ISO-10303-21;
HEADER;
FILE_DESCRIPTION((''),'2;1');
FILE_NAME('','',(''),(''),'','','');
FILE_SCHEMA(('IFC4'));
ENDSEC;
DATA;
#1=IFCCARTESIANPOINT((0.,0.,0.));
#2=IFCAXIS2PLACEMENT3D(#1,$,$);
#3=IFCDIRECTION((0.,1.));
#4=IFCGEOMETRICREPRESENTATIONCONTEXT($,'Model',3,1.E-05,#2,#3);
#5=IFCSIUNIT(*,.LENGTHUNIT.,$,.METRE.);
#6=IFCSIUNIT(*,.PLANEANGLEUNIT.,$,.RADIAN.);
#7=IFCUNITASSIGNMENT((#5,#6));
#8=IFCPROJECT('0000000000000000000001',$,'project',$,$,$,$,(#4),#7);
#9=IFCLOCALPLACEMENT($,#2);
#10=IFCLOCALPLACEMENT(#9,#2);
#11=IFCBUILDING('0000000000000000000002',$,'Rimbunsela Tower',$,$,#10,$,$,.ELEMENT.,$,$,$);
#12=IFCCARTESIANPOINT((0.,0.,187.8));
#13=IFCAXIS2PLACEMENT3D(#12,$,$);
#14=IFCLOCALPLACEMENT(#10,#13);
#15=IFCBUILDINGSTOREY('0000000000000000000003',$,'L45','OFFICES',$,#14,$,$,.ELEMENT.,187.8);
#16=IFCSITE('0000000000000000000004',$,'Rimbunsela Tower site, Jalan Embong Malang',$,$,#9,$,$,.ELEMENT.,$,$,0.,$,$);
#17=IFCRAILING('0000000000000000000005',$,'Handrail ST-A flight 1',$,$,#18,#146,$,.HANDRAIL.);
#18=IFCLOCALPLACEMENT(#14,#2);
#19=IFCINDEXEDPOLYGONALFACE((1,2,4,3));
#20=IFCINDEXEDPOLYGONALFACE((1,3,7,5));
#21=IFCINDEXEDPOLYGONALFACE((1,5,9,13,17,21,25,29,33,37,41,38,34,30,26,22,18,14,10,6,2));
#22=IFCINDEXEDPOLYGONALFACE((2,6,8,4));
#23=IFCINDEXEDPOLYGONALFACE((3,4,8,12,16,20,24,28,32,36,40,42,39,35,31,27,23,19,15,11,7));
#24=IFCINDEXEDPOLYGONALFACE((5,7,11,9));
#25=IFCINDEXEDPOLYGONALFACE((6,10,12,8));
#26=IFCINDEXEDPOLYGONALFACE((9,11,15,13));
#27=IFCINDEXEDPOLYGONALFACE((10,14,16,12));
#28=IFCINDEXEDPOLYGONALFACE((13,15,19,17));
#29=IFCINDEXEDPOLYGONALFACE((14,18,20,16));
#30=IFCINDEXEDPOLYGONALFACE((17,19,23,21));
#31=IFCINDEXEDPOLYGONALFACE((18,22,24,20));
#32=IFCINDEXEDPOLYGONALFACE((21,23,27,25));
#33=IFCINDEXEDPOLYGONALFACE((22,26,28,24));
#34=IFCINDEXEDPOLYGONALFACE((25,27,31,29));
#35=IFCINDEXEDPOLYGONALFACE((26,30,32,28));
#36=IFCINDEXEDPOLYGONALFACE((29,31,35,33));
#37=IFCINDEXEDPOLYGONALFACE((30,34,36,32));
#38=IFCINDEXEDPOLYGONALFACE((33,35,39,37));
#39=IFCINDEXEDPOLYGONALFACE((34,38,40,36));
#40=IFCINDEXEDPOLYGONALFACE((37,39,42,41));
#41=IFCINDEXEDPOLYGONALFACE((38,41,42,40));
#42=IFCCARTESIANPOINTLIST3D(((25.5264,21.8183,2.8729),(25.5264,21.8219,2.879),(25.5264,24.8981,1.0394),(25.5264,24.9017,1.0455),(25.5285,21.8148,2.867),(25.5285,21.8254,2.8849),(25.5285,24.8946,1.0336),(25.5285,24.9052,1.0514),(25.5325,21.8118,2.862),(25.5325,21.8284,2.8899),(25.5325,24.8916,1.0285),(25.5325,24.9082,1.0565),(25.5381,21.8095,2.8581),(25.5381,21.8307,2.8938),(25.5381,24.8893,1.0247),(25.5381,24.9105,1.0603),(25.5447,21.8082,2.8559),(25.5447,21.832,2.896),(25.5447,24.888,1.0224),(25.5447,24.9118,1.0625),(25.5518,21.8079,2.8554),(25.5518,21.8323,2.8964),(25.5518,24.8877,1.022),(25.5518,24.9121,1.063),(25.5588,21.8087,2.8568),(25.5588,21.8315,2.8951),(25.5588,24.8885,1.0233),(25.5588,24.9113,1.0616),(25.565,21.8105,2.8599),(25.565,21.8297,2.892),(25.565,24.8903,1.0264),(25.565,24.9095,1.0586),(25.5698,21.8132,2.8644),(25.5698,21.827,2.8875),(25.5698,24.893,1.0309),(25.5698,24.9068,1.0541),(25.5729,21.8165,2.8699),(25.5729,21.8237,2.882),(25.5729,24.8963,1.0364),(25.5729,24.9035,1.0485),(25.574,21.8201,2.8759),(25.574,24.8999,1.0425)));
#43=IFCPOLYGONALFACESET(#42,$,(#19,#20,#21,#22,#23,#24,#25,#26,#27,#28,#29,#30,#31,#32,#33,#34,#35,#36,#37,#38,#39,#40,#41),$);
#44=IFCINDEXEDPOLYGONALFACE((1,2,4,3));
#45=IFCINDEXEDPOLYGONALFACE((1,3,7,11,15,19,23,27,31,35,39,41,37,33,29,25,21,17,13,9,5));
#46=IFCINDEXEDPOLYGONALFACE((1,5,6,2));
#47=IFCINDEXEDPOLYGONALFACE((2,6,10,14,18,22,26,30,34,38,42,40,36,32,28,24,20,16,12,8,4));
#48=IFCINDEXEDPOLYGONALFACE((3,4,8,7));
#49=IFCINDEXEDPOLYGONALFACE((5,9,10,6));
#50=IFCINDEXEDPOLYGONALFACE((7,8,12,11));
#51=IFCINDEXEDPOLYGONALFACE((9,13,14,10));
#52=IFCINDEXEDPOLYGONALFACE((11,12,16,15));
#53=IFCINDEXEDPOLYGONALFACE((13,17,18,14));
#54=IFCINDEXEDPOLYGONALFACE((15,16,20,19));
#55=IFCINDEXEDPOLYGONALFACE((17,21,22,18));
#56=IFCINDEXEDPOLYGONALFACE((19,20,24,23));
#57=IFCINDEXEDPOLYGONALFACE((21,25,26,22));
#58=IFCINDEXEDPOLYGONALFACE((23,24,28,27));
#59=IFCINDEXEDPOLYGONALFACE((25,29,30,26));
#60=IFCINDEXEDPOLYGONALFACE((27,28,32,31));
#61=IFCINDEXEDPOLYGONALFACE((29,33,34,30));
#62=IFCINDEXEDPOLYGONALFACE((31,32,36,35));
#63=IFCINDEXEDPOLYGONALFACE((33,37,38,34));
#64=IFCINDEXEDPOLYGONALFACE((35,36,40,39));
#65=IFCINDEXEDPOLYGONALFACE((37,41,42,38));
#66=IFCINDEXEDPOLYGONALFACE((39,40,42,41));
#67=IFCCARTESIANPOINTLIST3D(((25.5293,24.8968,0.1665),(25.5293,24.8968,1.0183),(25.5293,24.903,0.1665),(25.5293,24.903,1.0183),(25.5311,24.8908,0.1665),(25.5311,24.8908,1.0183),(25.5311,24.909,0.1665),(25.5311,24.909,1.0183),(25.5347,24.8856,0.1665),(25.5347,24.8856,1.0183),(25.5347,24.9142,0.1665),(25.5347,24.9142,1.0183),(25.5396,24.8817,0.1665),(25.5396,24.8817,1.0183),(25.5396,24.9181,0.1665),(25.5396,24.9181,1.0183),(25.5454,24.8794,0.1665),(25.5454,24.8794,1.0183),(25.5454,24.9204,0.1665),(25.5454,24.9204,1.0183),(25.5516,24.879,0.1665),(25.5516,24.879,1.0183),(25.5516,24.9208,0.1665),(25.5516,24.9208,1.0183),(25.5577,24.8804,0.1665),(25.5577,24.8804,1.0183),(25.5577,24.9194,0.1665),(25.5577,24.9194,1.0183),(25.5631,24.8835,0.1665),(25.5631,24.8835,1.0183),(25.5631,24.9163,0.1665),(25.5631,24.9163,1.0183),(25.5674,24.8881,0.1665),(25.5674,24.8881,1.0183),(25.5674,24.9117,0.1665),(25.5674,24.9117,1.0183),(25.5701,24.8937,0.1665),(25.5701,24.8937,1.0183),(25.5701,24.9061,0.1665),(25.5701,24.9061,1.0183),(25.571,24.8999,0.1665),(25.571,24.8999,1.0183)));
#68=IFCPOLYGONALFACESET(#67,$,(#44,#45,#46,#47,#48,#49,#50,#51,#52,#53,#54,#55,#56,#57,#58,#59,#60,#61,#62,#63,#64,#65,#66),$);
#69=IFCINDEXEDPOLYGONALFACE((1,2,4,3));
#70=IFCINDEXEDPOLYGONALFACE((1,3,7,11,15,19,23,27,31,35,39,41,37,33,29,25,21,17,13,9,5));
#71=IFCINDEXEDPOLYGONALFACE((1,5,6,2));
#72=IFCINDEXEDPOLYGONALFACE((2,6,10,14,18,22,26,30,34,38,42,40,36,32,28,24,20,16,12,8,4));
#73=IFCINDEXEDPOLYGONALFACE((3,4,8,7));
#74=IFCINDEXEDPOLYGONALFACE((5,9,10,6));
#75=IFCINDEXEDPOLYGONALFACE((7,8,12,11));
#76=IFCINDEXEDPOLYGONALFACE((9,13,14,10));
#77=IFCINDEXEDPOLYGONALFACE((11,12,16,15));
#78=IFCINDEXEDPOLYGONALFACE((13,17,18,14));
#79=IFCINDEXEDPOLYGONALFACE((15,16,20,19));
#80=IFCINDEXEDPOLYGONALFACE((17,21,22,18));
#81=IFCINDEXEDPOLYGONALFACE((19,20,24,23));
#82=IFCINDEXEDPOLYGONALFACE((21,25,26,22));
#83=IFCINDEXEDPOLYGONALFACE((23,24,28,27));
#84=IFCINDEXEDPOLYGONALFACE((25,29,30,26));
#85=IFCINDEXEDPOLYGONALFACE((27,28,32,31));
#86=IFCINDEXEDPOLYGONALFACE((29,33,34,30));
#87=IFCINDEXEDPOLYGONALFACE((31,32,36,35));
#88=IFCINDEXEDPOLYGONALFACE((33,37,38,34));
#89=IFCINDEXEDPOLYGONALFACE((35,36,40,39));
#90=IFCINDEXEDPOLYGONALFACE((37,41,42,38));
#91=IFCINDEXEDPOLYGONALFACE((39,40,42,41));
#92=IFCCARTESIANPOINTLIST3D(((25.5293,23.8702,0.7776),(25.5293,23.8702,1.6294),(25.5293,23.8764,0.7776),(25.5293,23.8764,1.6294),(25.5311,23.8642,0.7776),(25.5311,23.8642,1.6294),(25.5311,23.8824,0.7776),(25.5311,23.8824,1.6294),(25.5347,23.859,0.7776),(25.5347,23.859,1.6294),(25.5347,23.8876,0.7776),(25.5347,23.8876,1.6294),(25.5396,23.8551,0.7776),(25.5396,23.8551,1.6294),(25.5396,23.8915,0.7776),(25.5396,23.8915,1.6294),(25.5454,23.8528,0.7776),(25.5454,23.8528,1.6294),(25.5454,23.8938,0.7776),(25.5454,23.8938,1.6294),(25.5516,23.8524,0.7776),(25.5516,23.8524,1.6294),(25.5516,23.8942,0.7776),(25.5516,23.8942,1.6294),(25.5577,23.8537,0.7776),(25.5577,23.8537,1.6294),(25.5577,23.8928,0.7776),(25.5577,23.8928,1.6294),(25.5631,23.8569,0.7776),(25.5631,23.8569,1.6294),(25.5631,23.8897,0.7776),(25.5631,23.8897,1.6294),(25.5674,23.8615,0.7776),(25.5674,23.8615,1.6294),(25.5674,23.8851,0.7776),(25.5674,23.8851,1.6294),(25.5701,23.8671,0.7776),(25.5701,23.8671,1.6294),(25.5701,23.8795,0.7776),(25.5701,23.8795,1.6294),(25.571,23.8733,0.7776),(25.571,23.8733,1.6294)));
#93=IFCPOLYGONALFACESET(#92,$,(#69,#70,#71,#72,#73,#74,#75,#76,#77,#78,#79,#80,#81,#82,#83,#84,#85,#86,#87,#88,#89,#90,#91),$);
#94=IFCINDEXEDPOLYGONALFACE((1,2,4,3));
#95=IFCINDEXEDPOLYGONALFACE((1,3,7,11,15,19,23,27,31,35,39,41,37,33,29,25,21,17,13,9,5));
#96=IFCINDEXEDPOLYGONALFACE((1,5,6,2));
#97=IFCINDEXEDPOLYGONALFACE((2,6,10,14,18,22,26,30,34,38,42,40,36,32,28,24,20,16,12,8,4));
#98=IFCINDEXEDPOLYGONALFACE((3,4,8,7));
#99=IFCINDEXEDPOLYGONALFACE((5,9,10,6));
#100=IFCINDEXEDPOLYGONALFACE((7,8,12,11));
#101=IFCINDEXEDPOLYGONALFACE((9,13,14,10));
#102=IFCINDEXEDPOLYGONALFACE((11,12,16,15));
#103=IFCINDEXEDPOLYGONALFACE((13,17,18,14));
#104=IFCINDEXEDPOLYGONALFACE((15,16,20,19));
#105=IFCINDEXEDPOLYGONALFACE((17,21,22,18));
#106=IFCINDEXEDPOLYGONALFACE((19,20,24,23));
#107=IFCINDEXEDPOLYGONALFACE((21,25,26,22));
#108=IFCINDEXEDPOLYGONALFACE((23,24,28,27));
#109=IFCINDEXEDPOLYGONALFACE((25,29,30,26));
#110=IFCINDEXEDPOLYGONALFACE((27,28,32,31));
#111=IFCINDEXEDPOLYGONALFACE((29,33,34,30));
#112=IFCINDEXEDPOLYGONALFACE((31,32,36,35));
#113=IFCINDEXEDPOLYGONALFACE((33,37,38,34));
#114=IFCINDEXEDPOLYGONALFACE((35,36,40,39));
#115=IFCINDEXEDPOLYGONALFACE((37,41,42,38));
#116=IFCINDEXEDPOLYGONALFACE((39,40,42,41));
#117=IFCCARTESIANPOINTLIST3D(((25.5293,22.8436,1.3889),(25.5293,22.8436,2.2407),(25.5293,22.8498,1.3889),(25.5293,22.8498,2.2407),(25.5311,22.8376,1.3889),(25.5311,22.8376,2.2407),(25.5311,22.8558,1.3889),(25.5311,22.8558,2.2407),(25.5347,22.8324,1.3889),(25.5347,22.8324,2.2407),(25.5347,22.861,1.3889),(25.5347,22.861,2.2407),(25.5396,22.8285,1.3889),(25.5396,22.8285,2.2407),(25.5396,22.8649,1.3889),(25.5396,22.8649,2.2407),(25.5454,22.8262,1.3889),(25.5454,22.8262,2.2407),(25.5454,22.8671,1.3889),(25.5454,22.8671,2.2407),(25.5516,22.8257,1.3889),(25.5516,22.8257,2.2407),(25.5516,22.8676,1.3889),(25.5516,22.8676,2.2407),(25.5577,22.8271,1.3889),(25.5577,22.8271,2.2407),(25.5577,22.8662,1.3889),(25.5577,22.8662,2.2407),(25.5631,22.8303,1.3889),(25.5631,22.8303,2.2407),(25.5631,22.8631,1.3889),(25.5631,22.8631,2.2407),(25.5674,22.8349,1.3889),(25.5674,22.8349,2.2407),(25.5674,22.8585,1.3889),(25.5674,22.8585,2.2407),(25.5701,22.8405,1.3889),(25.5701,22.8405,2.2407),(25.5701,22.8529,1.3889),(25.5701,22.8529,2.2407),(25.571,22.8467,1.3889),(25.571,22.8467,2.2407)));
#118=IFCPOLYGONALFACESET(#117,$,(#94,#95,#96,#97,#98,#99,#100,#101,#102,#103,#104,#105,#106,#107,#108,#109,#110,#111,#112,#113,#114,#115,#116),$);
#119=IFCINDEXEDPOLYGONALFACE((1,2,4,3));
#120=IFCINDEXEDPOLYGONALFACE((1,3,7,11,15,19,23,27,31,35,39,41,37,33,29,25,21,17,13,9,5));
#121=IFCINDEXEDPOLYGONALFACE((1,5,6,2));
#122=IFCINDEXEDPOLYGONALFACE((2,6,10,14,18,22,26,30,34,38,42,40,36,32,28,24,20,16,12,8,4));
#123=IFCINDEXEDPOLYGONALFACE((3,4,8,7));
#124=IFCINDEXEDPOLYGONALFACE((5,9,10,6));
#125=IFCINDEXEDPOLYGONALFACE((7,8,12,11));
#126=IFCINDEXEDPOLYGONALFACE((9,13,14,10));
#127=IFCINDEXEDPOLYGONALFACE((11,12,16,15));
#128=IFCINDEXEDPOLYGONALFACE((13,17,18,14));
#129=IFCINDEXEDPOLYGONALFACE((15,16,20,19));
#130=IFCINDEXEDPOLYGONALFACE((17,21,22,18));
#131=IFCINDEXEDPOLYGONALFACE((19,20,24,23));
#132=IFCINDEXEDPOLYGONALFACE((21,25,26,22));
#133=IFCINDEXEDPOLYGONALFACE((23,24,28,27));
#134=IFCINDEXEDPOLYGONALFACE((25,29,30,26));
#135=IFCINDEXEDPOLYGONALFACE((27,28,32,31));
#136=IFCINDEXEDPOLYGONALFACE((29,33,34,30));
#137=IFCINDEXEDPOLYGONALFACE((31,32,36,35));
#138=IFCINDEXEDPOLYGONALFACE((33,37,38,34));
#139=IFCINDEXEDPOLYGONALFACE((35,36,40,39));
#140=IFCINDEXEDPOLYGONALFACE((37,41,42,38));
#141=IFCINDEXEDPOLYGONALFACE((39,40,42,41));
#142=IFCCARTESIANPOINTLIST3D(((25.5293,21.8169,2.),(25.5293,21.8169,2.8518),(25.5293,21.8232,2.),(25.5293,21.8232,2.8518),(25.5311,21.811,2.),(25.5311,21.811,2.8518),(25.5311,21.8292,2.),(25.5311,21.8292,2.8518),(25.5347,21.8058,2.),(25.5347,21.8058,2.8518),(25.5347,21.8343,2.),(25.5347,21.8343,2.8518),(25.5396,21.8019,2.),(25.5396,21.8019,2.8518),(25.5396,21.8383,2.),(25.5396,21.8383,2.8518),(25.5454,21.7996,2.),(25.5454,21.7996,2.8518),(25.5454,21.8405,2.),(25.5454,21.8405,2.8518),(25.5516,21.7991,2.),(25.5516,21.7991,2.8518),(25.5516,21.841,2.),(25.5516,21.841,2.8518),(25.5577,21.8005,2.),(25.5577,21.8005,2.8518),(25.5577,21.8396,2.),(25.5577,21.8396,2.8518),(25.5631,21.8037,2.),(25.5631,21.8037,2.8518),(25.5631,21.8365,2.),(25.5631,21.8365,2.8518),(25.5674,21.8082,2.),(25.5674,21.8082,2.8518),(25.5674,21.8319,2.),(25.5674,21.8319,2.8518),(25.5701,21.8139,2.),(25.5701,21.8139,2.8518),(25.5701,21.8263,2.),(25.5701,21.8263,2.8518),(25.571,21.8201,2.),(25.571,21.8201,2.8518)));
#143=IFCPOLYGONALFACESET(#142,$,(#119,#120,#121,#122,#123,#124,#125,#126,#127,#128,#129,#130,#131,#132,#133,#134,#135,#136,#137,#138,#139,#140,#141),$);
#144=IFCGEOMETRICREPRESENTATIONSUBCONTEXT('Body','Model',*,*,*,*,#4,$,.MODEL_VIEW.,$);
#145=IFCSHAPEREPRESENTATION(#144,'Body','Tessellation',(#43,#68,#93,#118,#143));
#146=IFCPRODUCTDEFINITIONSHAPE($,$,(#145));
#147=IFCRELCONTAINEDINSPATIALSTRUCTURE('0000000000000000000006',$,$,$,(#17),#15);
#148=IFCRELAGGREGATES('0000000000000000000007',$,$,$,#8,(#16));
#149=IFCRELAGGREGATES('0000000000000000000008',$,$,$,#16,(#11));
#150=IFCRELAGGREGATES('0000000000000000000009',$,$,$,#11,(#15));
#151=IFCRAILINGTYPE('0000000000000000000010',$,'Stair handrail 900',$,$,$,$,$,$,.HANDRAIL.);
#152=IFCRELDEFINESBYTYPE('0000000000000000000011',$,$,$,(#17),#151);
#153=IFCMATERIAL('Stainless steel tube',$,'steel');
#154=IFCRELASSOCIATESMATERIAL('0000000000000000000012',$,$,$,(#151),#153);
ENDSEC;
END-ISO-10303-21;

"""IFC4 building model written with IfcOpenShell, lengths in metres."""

from ifc_helpers import new_model, si_unit, direction, frame, origin, origin_2d, place, context, subcontext, project, spatial, circle, extrude, material, type_object, element, save


model = new_model("IFC4")

# Units and contexts
model_context = context("Model", 3, precision=1e-05, world=origin(), true_north=direction((0.0, 1.0)))
body_context = subcontext(model_context, "Body", "Model", "MODEL_VIEW")
ifc_project = project(units=[si_unit("LENGTHUNIT", "METRE"), si_unit("PLANEANGLEUNIT", "RADIAN")], contexts=[model_context])

# Site, building, storey
site_placement = place(None, origin())
site = spatial("IfcSite", under=ifc_project, at=site_placement, Name="Rimbunsela Tower site, Jalan Embong Malang", CompositionType="ELEMENT", RefElevation=0.0)
building_placement = place(site_placement, origin())
building = spatial("IfcBuilding", under=site, at=building_placement, Name="Rimbunsela Tower", CompositionType="ELEMENT")
storey_placement = place(building_placement, frame((0.0, 0.0, 187.8)))
storey = spatial("IfcBuildingStorey", under=building, at=storey_placement, Name="L45", Description="OFFICES", CompositionType="ELEMENT", Elevation=187.8)

# Railing
ifc_material_1 = material(Name="Stainless steel tube", Category="steel")
railing_type = type_object("IfcRailingType", Name="Stair handrail 900", PredefinedType="HANDRAIL", material=ifc_material_1)
railing_placement = place(storey_placement, frame((25.55, 24.8999, 0.1665)))
element("IfcRailing", 1, at=railing_placement, inside=storey, type_object=railing_type, Name="Handrail ST-A flight 1", PredefinedType="HANDRAIL", context=body_context, shape_type="SweptSolid", body=[
    extrude(circle(Radius=0.0239, at=origin_2d()), frame((0.0, 0.0, 0.876), z_axis=(0.0, -0.859261, 0.511538), x_axis=(1.0, 0.0, 0.0)), (0.0, 0.0, 1.0), 3.5842),
    extrude(circle(Radius=0.021, at=origin_2d()), origin(), (0.0, 0.0, 1.0), 0.8518),
    extrude(circle(Radius=0.021, at=origin_2d()), frame((0.0, -1.0266, 0.6111)), (0.0, 0.0, 1.0), 0.8518),
    extrude(circle(Radius=0.021, at=origin_2d()), frame((0.0, -2.0532, 1.2224)), (0.0, 0.0, 1.0), 0.8518),
    extrude(circle(Radius=0.021, at=origin_2d()), frame((0.0, -3.0798, 1.8335)), (0.0, 0.0, 1.0), 0.8518),
])

save(model, "model.ifc")
